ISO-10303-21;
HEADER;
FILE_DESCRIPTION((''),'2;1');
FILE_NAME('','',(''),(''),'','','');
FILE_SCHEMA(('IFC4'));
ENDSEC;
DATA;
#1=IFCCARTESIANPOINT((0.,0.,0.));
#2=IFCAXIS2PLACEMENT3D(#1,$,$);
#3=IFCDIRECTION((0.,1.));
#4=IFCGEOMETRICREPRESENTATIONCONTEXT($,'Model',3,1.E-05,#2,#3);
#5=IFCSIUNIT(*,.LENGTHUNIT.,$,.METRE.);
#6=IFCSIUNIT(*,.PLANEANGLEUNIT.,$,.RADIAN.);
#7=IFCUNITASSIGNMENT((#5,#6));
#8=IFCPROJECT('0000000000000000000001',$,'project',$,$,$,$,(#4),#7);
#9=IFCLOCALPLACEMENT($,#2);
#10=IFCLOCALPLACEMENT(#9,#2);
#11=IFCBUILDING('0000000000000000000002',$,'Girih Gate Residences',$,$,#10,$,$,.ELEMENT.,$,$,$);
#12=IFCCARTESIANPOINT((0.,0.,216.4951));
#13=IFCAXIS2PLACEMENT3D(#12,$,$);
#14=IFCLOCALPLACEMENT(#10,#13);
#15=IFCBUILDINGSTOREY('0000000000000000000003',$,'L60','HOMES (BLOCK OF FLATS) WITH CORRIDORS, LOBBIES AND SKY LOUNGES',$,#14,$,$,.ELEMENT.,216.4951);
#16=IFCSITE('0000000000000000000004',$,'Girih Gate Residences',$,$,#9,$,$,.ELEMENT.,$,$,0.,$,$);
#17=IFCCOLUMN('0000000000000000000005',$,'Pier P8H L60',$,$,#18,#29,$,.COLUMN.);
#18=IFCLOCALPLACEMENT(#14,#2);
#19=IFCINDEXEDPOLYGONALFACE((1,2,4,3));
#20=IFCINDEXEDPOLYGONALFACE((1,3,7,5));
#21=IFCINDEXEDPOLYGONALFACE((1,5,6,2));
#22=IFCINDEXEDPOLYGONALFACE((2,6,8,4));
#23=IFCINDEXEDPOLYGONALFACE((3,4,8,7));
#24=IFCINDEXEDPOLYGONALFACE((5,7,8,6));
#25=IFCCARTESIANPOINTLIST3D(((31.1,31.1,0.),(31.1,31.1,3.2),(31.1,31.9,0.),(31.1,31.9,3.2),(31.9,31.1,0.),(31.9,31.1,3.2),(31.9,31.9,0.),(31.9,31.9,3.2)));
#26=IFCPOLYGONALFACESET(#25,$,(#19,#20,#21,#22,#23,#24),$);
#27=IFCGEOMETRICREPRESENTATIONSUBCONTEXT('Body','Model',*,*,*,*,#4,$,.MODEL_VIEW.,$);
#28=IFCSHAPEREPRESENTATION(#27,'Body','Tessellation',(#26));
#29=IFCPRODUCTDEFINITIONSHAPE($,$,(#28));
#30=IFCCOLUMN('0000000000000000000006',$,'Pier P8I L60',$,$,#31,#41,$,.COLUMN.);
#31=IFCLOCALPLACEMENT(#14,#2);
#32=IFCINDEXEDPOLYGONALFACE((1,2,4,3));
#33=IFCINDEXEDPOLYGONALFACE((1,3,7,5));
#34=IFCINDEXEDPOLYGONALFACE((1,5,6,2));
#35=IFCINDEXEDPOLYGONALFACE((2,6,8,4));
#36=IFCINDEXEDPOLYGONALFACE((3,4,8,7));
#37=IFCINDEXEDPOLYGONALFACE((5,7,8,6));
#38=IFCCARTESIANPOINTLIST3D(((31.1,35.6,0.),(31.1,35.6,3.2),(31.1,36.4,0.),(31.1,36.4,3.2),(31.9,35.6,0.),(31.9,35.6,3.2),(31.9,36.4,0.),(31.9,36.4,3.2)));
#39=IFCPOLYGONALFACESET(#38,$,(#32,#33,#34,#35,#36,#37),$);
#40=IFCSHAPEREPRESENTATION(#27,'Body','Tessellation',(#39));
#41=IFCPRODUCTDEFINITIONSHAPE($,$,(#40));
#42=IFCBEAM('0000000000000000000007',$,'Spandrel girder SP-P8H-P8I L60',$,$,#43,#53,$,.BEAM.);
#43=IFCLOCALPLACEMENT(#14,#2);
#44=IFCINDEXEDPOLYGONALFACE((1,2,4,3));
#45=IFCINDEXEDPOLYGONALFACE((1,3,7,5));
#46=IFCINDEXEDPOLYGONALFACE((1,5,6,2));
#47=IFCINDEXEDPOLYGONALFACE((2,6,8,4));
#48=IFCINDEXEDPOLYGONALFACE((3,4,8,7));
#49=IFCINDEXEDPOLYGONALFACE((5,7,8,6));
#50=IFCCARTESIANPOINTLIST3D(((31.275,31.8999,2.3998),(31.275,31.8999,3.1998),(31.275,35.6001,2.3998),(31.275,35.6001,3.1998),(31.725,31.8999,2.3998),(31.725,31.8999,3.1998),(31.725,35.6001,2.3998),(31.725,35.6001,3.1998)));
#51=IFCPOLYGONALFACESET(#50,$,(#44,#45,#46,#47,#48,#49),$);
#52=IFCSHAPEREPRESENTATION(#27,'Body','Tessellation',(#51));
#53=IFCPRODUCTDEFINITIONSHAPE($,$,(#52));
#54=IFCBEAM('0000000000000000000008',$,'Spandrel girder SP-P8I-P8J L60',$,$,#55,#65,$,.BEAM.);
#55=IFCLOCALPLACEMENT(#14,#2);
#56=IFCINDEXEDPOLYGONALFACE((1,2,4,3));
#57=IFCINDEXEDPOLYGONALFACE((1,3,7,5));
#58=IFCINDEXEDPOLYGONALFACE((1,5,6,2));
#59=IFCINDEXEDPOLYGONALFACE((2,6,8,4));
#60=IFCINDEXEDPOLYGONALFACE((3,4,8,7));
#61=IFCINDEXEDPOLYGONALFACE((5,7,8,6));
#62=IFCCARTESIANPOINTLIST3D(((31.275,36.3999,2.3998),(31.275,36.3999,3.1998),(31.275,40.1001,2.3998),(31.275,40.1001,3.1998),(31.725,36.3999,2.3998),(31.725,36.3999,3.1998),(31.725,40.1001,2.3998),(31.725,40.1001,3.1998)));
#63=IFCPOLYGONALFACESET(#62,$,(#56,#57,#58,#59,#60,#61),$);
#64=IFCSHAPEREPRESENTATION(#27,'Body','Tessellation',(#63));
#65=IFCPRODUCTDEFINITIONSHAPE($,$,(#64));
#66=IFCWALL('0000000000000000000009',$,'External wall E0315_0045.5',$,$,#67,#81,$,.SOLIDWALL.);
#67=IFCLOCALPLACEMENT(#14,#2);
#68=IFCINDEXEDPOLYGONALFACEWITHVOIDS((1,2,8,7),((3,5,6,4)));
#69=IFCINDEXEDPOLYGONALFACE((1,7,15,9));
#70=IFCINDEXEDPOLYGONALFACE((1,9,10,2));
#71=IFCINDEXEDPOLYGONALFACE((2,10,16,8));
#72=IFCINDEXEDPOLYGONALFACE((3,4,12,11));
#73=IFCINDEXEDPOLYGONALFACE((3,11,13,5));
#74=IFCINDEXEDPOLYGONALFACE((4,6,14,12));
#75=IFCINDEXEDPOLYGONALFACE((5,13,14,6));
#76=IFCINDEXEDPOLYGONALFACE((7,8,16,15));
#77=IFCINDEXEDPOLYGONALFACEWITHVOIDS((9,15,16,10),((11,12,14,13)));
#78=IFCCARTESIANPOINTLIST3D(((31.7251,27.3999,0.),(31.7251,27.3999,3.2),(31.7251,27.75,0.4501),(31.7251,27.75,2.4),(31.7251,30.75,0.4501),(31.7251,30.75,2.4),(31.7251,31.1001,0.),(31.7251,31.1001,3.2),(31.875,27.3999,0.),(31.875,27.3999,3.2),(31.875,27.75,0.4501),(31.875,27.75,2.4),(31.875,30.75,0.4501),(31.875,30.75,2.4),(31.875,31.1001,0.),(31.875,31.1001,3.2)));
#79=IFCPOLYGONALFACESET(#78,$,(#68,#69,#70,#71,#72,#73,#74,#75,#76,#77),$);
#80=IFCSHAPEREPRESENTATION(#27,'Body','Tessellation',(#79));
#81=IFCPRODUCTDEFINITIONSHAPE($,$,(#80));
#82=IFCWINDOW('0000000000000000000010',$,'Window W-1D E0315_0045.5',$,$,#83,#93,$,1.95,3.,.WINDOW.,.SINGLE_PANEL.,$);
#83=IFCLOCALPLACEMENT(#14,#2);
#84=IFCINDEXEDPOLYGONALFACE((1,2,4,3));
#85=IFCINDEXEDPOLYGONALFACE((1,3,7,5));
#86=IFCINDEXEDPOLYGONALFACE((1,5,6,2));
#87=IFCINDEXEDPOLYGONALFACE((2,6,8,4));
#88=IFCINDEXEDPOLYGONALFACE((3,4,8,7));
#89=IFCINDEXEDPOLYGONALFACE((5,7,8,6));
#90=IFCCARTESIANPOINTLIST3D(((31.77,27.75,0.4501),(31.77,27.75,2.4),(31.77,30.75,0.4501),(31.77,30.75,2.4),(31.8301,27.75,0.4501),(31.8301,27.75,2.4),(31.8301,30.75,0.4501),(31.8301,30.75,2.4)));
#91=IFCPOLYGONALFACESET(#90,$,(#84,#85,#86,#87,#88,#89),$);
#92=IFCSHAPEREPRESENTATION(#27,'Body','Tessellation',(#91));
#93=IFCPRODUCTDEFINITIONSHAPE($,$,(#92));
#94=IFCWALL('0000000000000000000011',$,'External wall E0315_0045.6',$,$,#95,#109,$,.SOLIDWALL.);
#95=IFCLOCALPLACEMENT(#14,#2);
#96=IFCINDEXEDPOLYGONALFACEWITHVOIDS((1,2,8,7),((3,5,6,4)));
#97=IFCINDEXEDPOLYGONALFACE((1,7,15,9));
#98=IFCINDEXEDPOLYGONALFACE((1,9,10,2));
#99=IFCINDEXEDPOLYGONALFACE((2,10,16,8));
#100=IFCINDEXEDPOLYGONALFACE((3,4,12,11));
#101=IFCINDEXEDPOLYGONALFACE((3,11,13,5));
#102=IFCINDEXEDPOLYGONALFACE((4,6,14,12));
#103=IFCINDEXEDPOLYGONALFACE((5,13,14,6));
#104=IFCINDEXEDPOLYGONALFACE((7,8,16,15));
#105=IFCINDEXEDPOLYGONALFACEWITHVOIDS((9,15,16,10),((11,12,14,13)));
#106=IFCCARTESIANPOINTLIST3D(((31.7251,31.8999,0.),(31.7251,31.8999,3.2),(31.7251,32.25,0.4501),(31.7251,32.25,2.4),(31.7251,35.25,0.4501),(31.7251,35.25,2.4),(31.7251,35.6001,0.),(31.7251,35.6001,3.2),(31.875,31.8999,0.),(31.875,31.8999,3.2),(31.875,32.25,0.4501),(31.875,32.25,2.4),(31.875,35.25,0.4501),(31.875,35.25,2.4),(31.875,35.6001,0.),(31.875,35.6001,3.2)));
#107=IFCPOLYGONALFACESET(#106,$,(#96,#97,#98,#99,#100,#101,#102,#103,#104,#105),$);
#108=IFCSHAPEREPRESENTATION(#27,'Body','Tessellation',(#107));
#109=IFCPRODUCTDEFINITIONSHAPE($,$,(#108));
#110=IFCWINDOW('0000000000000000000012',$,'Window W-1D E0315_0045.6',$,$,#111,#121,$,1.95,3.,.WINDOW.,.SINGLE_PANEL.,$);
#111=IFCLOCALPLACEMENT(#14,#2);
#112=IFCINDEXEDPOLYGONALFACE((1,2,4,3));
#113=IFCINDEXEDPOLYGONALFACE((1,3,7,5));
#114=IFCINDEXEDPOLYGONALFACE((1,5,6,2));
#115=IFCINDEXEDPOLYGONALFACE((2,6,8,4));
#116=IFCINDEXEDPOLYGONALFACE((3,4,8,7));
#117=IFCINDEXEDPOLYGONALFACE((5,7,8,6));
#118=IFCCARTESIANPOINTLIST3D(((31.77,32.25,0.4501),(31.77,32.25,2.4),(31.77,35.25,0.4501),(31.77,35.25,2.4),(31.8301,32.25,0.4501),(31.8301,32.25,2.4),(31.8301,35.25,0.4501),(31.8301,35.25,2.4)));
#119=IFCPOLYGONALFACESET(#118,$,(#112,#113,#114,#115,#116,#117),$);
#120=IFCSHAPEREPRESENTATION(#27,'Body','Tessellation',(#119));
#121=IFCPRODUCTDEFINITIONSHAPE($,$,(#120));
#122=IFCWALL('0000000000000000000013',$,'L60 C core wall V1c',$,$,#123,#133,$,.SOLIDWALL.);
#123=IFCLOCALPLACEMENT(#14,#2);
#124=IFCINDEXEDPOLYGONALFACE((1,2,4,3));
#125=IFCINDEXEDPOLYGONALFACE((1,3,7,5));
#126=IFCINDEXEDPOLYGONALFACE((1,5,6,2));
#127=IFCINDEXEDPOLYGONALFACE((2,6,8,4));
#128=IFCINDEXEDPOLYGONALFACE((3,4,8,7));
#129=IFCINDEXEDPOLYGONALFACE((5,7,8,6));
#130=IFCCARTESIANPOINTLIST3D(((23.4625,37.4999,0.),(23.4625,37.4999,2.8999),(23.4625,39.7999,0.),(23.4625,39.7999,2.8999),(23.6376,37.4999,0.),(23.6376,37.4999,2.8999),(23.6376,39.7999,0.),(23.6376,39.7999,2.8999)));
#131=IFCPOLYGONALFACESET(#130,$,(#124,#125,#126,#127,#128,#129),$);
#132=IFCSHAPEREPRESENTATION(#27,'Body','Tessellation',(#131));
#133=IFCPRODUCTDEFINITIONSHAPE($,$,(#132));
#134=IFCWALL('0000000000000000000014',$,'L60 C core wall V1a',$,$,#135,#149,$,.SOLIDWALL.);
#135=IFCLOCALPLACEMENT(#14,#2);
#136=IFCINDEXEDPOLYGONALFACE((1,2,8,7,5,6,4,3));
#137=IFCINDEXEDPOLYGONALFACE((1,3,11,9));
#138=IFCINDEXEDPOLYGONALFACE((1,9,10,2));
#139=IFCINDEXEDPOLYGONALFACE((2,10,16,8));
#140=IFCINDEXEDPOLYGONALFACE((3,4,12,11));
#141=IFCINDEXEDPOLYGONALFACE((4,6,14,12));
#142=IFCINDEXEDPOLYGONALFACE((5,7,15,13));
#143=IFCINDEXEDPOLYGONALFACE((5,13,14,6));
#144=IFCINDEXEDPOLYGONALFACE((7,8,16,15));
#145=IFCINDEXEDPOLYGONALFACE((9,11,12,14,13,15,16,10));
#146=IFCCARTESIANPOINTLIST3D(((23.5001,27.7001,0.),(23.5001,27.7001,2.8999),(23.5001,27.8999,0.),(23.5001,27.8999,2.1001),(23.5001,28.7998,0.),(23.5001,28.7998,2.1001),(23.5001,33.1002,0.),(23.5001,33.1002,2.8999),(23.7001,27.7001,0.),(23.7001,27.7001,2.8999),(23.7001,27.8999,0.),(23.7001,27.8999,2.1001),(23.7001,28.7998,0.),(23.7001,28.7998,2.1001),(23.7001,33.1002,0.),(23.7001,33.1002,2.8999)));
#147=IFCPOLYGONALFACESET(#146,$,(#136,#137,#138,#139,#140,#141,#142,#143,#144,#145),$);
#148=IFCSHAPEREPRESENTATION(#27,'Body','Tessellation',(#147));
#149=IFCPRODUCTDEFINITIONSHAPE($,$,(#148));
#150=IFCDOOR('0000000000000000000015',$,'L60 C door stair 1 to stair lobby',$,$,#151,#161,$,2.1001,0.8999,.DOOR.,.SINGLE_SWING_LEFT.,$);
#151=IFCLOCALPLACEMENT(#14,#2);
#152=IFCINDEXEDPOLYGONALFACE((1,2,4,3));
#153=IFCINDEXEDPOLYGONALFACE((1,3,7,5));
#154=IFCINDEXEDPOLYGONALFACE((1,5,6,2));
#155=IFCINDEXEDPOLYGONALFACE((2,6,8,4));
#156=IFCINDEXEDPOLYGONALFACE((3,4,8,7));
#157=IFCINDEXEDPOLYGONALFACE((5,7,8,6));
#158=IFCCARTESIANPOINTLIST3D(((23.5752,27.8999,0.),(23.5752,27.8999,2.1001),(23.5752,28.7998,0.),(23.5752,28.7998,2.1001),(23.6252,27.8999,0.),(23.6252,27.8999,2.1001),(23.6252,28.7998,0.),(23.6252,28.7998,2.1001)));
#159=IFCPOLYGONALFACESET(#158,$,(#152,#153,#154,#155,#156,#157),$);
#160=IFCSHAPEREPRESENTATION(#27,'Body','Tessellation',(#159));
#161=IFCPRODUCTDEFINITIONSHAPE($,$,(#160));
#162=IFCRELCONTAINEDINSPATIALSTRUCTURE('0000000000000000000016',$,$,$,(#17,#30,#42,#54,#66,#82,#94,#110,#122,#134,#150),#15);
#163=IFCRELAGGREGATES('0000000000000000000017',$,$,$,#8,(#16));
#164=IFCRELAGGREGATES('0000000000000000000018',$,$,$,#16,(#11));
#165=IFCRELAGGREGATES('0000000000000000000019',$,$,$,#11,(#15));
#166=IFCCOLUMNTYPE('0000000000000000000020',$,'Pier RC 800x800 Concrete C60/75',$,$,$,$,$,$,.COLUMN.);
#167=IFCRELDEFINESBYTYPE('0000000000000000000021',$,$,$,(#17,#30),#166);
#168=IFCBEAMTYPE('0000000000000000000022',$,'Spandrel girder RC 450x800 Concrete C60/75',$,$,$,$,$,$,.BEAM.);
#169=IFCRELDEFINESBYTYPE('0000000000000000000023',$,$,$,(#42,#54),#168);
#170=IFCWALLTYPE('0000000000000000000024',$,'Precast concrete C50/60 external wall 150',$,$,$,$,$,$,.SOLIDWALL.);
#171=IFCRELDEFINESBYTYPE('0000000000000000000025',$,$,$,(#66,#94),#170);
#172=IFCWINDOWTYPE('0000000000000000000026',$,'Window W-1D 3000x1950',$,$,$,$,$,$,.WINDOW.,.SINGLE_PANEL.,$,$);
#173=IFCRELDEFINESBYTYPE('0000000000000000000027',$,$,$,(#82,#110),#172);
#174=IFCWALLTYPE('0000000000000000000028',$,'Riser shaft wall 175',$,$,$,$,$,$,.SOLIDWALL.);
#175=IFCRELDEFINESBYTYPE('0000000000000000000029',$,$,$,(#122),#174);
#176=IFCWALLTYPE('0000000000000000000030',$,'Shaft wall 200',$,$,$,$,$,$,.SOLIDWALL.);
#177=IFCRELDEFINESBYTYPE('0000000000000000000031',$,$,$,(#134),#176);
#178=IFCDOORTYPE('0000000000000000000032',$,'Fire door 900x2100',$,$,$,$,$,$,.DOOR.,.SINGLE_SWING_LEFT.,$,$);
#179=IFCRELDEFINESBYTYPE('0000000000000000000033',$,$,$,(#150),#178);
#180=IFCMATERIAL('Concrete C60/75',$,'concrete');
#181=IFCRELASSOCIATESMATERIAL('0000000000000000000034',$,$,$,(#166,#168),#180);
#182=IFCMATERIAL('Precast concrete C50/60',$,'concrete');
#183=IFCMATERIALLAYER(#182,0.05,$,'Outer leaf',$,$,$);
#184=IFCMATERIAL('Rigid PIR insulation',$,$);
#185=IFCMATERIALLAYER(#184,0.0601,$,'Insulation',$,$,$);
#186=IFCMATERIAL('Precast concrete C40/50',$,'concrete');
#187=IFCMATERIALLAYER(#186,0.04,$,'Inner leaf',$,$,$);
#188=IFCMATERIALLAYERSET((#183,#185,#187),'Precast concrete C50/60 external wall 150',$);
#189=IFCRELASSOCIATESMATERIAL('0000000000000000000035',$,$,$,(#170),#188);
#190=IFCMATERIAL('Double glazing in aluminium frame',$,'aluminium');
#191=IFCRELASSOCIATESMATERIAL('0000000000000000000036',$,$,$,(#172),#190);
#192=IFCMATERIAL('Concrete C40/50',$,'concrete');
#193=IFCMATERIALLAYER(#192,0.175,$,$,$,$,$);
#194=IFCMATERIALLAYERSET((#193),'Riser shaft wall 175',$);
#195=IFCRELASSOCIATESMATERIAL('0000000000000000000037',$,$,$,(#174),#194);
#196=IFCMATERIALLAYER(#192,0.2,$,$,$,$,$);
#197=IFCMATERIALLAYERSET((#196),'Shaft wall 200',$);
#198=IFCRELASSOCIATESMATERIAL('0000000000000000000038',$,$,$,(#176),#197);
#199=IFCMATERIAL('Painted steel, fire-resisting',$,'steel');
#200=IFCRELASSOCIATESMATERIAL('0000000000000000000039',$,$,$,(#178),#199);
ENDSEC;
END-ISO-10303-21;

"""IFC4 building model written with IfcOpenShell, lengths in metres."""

from ifc_helpers import new_model, si_unit, direction, frame, frame_2d, origin, origin_2d, place, context, subcontext, project, spatial, rectangle, extrude, material, layer, layer_set, material_profile, profile_set, type_object, element, fill, save


model = new_model("IFC4")

# Units and contexts
model_context = context("Model", 3, precision=1e-05, world=origin(), true_north=direction((0.0, 1.0)))
body_context = subcontext(model_context, "Body", "Model", "MODEL_VIEW")
ifc_project = project(units=[si_unit("LENGTHUNIT", "METRE"), si_unit("PLANEANGLEUNIT", "RADIAN")], contexts=[model_context])

# Site, building, storey
site_placement = place(None, origin())
site = spatial("IfcSite", under=ifc_project, at=site_placement, Name="Girih Gate Residences", CompositionType="ELEMENT", RefElevation=0.0)
building_placement = place(site_placement, origin())
building = spatial("IfcBuilding", under=site, at=building_placement, Name="Girih Gate Residences", CompositionType="ELEMENT")
storey_placement = place(building_placement, frame((0.0, 0.0, 216.4951)))
storey = spatial("IfcBuildingStorey", under=building, at=storey_placement, Name="L60", Description="HOMES (BLOCK OF FLATS) WITH CORRIDORS, LOBBIES AND SKY LOUNGES", CompositionType="ELEMENT", Elevation=216.4951)

# Columns
ifc_material_1 = material(Name="Concrete C60/75", Category="concrete")
ifc_material_profile_1 = material_profile(ifc_material_1, rectangle(XDim=0.8, YDim=0.8, at=origin_2d()))
ifc_profile_set_1 = profile_set([ifc_material_profile_1], Name="Concrete C60/75")
column_type = type_object("IfcColumnType", Name="Pier RC 800x800 Concrete C60/75", PredefinedType="COLUMN", material=ifc_profile_set_1)
for number, where, z_axis, x_axis, name in (
    (1, (31.5, 31.5, 0.0), (0.0, 0.0, 1.0), (1.0, 0.0, 0.0), "Pier P8H L60"),
    (2, (31.5, 36.0, 0.0), (0.0, 0.0, 1.0), (1.0, 0.0, 0.0), "Pier P8I L60"),
):
    element("IfcColumn", number, at=place(storey_placement, frame(where, z_axis=z_axis, x_axis=x_axis)), inside=storey, type_object=column_type, Name=name, PredefinedType="COLUMN", context=body_context, shape_type="SweptSolid", body=[
        extrude(rectangle(XDim=0.8, YDim=0.8, at=origin_2d()), origin(), (0.0, 0.0, 1.0), 3.2),
    ])

# Beams
ifc_material_profile_2 = material_profile(ifc_material_1, rectangle(XDim=0.45, YDim=0.8, at=origin_2d()))
ifc_profile_set_2 = profile_set([ifc_material_profile_2], Name="Concrete C60/75")
beam_type = type_object("IfcBeamType", Name="Spandrel girder RC 450x800 Concrete C60/75", PredefinedType="BEAM", material=ifc_profile_set_2)
for number, where, z_axis, x_axis, name in (
    (3, (31.5, 31.8999, 2.7998), (0.0, 1.0, 0.0), (-1.0, 0.0, 0.0), "Spandrel girder SP-P8H-P8I L60"),
    (4, (31.5, 36.3999, 2.7998), (0.0, 1.0, 0.0), (-1.0, 0.0, 0.0), "Spandrel girder SP-P8I-P8J L60"),
):
    element("IfcBeam", number, at=place(storey_placement, frame(where, z_axis=z_axis, x_axis=x_axis)), inside=storey, type_object=beam_type, Name=name, PredefinedType="BEAM", context=body_context, shape_type="SweptSolid", body=[
        extrude(rectangle(XDim=0.45, YDim=0.8, at=origin_2d()), origin(), (0.0, 0.0, 1.0), 3.7002),
    ])

# Walls, openings, windows
ifc_material_2 = material(Name="Precast concrete C50/60", Category="concrete")
ifc_layer_1 = layer(ifc_material_2, 0.05, Name="Outer leaf")
ifc_material_3 = material(Name="Rigid PIR insulation")
ifc_layer_2 = layer(ifc_material_3, 0.0601, Name="Insulation")
ifc_material_4 = material(Name="Precast concrete C40/50", Category="concrete")
ifc_layer_3 = layer(ifc_material_4, 0.04, Name="Inner leaf")
ifc_layer_set_1 = layer_set([ifc_layer_1, ifc_layer_2, ifc_layer_3], Name="Precast concrete C50/60 external wall 150")
wall_type_1 = type_object("IfcWallType", Name="Precast concrete C50/60 external wall 150", PredefinedType="SOLIDWALL", material=ifc_layer_set_1)
wall_1_placement = place(storey_placement, frame((31.8, 31.1001, 0.0), z_axis=(0.0, 0.0, 1.0), x_axis=(0.0, -1.0, 0.0)))
wall_1 = element("IfcWall", 5, at=wall_1_placement, inside=storey, type_object=wall_type_1, Name="External wall E0315_0045.5", PredefinedType="SOLIDWALL", context=body_context, shape_type="SweptSolid", body=[
    extrude(rectangle(XDim=3.7002, YDim=0.1499, at=frame_2d((1.8501, 0.0))), origin(), (0.0, 0.0, 1.0), 3.2),
])
opening_1_placement = place(wall_1_placement, frame((0.3501, 0.0, 0.45)))
opening_1 = element("IfcOpeningElement", 6, at=opening_1_placement, cuts=wall_1, PredefinedType="OPENING", context=body_context, shape_type="SweptSolid", body=[
    extrude(rectangle(XDim=3.0, YDim=1.95, at=frame_2d((1.5, 0.9751))), frame((0.0, 0.085, 0.0), z_axis=(0.0, -1.0, 0.0), x_axis=(1.0, 0.0, 0.0)), (0.0, 0.0, 1.0), 0.1699),
])
ifc_material_5 = material(Name="Double glazing in aluminium frame", Category="aluminium")
window_type = type_object("IfcWindowType", Name="Window W-1D 3000x1950", PartitioningType="SINGLE_PANEL", PredefinedType="WINDOW", material=ifc_material_5)
window_1_placement = place(opening_1_placement, origin())
window_1 = element("IfcWindow", 7, at=window_1_placement, inside=storey, type_object=window_type, Name="Window W-1D E0315_0045.5", OverallHeight=1.95, OverallWidth=3.0, PartitioningType="SINGLE_PANEL", PredefinedType="WINDOW", context=body_context, shape_type="SweptSolid", body=[
    extrude(rectangle(XDim=3.0, YDim=1.95, at=frame_2d((1.5, 0.9751))), frame((0.0, 0.03, 0.0), z_axis=(0.0, -1.0, 0.0), x_axis=(1.0, 0.0, 0.0)), (0.0, 0.0, 1.0), 0.0601),
])
fill(opening_1, window_1)
wall_2_placement = place(storey_placement, frame((31.8, 35.6001, 0.0), z_axis=(0.0, 0.0, 1.0), x_axis=(0.0, -1.0, 0.0)))
wall_2 = element("IfcWall", 8, at=wall_2_placement, inside=storey, type_object=wall_type_1, Name="External wall E0315_0045.6", PredefinedType="SOLIDWALL", context=body_context, shape_type="SweptSolid", body=[
    extrude(rectangle(XDim=3.7002, YDim=0.1499, at=frame_2d((1.8501, 0.0))), origin(), (0.0, 0.0, 1.0), 3.2),
])
opening_2_placement = place(wall_2_placement, frame((0.3501, 0.0, 0.45)))
opening_2 = element("IfcOpeningElement", 9, at=opening_2_placement, cuts=wall_2, PredefinedType="OPENING", context=body_context, shape_type="SweptSolid", body=[
    extrude(rectangle(XDim=3.0, YDim=1.95, at=frame_2d((1.5, 0.9751))), frame((0.0, 0.085, 0.0), z_axis=(0.0, -1.0, 0.0), x_axis=(1.0, 0.0, 0.0)), (0.0, 0.0, 1.0), 0.1699),
])
window_2_placement = place(opening_2_placement, origin())
window_2 = element("IfcWindow", 10, at=window_2_placement, inside=storey, type_object=window_type, Name="Window W-1D E0315_0045.6", OverallHeight=1.95, OverallWidth=3.0, PartitioningType="SINGLE_PANEL", PredefinedType="WINDOW", context=body_context, shape_type="SweptSolid", body=[
    extrude(rectangle(XDim=3.0, YDim=1.95, at=frame_2d((1.5, 0.9751))), frame((0.0, 0.03, 0.0), z_axis=(0.0, -1.0, 0.0), x_axis=(1.0, 0.0, 0.0)), (0.0, 0.0, 1.0), 0.0601),
])
fill(opening_2, window_2)

# Wall
ifc_material_6 = material(Name="Concrete C40/50", Category="concrete")
ifc_layer_4 = layer(ifc_material_6, 0.175)
ifc_layer_set_2 = layer_set([ifc_layer_4], Name="Riser shaft wall 175")
wall_type_2 = type_object("IfcWallType", Name="Riser shaft wall 175", PredefinedType="SOLIDWALL", material=ifc_layer_set_2)
wall_3_placement = place(storey_placement, frame((23.55, 37.5, 0.0), z_axis=(0.0, 0.0, 1.0), x_axis=(0.0, 1.0, 0.0)))
element("IfcWall", 11, at=wall_3_placement, inside=storey, type_object=wall_type_2, Name="L60 C core wall V1c", PredefinedType="SOLIDWALL", context=body_context, shape_type="SweptSolid", body=[
    extrude(rectangle(XDim=2.3, YDim=0.175, at=frame_2d((1.1499, 0.0))), origin(), (0.0, 0.0, 1.0), 2.8999),
])

# Wall, opening, door
ifc_layer_5 = layer(ifc_material_6, 0.2)
ifc_layer_set_3 = layer_set([ifc_layer_5], Name="Shaft wall 200")
wall_type_3 = type_object("IfcWallType", Name="Shaft wall 200", PredefinedType="SOLIDWALL", material=ifc_layer_set_3)
wall_4_placement = place(storey_placement, frame((23.6001, 27.7, 0.0), z_axis=(0.0, 0.0, 1.0), x_axis=(0.0, 1.0, 0.0)))
wall_4 = element("IfcWall", 12, at=wall_4_placement, inside=storey, type_object=wall_type_3, Name="L60 C core wall V1a", PredefinedType="SOLIDWALL", context=body_context, shape_type="SweptSolid", body=[
    extrude(rectangle(XDim=5.4001, YDim=0.2, at=frame_2d((2.7002, 0.0))), origin(), (0.0, 0.0, 1.0), 2.8999),
])
opening_3_placement = place(wall_4_placement, frame((0.2, 0.0, 0.0)))
opening_3 = element("IfcOpeningElement", 13, at=opening_3_placement, cuts=wall_4, PredefinedType="OPENING", context=body_context, shape_type="SweptSolid", body=[
    extrude(rectangle(XDim=0.8999, YDim=2.1001, at=frame_2d((0.45, 1.05))), frame((0.0, 0.1099, 0.0), z_axis=(0.0, -1.0, 0.0), x_axis=(1.0, 0.0, 0.0)), (0.0, 0.0, 1.0), 0.22),
])
ifc_material_7 = material(Name="Painted steel, fire-resisting", Category="steel")
door_type = type_object("IfcDoorType", Name="Fire door 900x2100", OperationType="SINGLE_SWING_LEFT", PredefinedType="DOOR", material=ifc_material_7)
door_1_placement = place(opening_3_placement, origin())
door_1 = element("IfcDoor", 14, at=door_1_placement, inside=storey, type_object=door_type, Name="L60 C door stair 1 to stair lobby", OperationType="SINGLE_SWING_LEFT", OverallHeight=2.1001, OverallWidth=0.8999, PredefinedType="DOOR", context=body_context, shape_type="SweptSolid", body=[
    extrude(rectangle(XDim=0.8999, YDim=2.1001, at=frame_2d((0.45, 1.05))), frame((0.0, 0.0249, 0.0), z_axis=(0.0, -1.0, 0.0), x_axis=(1.0, 0.0, 0.0)), (0.0, 0.0, 1.0), 0.05),
])
fill(opening_3, door_1)

save(model, "model.ifc")
